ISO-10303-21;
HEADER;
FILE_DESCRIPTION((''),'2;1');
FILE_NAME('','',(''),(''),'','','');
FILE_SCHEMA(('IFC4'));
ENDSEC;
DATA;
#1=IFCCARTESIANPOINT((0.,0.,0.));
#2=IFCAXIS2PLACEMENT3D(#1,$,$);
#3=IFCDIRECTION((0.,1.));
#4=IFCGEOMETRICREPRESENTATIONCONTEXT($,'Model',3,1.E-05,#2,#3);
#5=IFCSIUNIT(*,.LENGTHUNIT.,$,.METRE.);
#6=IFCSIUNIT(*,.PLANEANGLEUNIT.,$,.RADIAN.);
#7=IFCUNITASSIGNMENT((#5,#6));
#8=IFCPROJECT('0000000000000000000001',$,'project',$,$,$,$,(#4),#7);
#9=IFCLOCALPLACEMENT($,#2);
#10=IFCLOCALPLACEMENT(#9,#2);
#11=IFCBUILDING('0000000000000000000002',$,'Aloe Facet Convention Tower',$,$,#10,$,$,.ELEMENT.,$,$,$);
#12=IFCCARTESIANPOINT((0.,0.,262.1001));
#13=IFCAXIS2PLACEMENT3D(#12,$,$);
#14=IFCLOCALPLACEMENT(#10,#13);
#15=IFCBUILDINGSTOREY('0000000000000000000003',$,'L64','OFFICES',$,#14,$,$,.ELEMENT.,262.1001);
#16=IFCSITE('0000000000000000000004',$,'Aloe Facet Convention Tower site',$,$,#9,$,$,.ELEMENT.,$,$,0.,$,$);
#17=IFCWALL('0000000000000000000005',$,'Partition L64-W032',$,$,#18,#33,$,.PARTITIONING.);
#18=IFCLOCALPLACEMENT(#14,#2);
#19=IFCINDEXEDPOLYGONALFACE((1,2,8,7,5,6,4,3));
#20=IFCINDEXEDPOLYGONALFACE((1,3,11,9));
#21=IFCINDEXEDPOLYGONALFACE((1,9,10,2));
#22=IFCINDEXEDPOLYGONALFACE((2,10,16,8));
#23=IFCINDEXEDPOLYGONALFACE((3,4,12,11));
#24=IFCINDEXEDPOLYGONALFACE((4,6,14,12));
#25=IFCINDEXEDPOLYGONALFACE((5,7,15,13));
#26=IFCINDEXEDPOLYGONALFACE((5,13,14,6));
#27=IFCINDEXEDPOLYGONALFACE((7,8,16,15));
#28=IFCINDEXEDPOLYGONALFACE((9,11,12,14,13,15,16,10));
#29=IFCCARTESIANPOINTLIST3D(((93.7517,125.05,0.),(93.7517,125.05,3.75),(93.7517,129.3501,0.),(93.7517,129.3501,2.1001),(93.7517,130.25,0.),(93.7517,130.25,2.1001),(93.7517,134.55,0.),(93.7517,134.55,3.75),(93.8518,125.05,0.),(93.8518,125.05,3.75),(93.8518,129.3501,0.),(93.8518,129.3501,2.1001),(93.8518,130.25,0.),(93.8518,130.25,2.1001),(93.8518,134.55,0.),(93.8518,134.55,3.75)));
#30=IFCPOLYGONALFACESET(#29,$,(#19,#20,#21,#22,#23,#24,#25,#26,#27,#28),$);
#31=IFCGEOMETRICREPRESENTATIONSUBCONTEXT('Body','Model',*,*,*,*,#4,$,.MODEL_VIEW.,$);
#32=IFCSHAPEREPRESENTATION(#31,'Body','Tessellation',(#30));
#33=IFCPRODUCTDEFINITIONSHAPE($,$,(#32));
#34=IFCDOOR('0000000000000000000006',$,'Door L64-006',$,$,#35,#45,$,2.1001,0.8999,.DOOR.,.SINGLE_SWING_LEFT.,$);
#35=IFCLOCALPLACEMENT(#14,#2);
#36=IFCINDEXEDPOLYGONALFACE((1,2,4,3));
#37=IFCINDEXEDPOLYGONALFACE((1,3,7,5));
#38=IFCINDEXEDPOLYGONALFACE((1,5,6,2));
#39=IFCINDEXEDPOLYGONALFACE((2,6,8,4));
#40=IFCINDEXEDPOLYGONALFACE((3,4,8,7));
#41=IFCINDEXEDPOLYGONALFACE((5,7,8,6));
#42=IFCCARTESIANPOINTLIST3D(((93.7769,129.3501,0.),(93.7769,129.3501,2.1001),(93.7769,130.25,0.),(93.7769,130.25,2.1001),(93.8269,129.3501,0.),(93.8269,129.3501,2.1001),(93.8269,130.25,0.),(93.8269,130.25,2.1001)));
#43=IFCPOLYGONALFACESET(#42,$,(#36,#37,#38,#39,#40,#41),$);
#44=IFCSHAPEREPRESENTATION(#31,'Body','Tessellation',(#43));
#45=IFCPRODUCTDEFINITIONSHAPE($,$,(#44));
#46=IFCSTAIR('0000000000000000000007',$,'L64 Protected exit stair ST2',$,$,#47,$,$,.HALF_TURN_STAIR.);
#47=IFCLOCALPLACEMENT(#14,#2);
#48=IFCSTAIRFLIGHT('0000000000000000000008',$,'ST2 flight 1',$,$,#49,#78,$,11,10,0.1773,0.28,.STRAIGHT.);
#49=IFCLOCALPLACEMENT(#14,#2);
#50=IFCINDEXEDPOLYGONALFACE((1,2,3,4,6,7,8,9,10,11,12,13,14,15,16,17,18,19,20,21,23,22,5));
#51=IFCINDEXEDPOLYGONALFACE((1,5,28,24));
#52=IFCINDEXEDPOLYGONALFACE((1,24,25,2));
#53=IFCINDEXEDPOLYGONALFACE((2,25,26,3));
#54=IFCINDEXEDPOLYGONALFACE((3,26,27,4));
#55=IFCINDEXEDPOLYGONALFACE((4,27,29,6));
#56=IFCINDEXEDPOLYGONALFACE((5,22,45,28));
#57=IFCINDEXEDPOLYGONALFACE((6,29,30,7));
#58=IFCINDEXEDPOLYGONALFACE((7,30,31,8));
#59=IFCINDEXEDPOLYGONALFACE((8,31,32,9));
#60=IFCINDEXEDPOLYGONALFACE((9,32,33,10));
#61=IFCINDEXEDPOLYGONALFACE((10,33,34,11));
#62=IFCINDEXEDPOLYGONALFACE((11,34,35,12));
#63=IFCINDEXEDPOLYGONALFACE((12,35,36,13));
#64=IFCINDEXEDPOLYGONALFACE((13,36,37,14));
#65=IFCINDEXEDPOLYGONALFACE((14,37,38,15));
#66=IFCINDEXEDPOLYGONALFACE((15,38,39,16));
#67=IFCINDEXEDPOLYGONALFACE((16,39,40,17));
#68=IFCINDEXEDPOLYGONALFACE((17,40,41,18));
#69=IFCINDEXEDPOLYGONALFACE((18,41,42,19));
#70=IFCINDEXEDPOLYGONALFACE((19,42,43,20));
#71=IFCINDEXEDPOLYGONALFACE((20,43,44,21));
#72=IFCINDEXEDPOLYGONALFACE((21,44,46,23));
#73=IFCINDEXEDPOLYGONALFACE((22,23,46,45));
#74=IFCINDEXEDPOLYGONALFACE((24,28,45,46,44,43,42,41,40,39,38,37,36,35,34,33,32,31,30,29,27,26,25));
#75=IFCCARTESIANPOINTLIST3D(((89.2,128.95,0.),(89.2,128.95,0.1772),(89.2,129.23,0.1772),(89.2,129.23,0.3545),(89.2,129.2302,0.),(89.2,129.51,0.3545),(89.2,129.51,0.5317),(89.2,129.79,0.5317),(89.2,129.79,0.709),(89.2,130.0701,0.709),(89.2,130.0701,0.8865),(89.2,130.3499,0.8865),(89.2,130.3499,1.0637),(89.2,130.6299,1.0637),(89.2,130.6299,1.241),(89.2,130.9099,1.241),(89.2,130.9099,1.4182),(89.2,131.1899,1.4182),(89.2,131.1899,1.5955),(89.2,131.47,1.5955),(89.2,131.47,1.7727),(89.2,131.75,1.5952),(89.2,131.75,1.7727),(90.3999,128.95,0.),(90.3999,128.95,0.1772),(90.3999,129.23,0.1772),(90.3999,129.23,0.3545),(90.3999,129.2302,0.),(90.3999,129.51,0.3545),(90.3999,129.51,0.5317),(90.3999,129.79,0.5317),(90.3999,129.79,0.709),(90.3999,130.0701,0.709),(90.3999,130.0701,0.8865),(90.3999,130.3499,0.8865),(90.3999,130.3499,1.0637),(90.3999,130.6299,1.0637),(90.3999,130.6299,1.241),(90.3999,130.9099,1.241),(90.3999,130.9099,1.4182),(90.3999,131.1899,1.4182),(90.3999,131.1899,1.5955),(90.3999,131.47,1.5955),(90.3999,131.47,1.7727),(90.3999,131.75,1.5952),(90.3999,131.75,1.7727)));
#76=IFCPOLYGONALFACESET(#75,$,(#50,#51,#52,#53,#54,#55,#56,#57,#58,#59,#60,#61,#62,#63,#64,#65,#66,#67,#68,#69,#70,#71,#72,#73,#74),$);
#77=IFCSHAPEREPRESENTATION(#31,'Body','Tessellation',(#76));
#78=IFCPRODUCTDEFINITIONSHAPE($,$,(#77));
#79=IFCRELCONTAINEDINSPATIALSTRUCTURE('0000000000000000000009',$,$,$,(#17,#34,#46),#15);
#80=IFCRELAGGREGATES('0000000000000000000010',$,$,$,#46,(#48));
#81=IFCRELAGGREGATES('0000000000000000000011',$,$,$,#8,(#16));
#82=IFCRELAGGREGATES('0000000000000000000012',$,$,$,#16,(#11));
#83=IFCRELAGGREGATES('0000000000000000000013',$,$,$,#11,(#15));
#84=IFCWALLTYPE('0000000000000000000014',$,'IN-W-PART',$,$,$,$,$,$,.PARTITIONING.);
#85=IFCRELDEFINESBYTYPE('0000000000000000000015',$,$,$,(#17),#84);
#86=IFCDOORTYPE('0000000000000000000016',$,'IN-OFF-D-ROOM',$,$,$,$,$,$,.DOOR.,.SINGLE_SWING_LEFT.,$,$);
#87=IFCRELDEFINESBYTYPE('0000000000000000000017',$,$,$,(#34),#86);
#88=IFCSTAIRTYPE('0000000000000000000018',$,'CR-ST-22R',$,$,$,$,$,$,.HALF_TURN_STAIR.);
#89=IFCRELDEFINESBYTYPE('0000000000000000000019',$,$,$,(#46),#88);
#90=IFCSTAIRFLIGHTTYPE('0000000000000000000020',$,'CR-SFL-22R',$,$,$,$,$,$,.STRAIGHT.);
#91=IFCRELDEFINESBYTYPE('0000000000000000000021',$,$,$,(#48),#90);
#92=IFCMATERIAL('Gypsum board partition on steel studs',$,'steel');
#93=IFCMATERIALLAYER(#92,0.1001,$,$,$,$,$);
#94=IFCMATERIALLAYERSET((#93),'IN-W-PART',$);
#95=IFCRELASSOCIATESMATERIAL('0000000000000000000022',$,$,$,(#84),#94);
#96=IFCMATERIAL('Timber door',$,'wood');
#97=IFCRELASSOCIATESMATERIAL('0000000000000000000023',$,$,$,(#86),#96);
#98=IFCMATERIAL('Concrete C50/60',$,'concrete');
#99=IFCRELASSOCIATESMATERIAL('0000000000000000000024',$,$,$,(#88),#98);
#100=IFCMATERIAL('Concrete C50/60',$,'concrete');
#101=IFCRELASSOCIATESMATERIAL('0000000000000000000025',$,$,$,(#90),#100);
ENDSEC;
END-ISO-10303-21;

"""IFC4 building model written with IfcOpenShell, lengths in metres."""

from ifc_helpers import new_model, si_unit, direction, frame, frame_2d, origin, place, context, subcontext, project, spatial, polyline, rectangle, outline, extrude, material, layer, layer_set, type_object, element, fill, aggregate, save


model = new_model("IFC4")

# Units and contexts
model_context = context("Model", 3, precision=1e-05, world=origin(), true_north=direction((0.0, 1.0)))
body_context = subcontext(model_context, "Body", "Model", "MODEL_VIEW")
ifc_project = project(units=[si_unit("LENGTHUNIT", "METRE"), si_unit("PLANEANGLEUNIT", "RADIAN")], contexts=[model_context])

# Site, building, storey
site_placement = place(None, origin())
site = spatial("IfcSite", under=ifc_project, at=site_placement, Name="Aloe Facet Convention Tower site", CompositionType="ELEMENT", RefElevation=0.0)
building_placement = place(site_placement, origin())
building = spatial("IfcBuilding", under=site, at=building_placement, Name="Aloe Facet Convention Tower", CompositionType="ELEMENT")
storey_placement = place(building_placement, frame((0.0, 0.0, 262.1001)))
storey = spatial("IfcBuildingStorey", under=building, at=storey_placement, Name="L64", Description="OFFICES", CompositionType="ELEMENT", Elevation=262.1001)

# Shared definitions
ifc_material_1 = material(Name="Gypsum board partition on steel studs", Category="steel")
ifc_layer = layer(ifc_material_1, 0.1001)
ifc_layer_set = layer_set([ifc_layer], Name="IN-W-PART")
wall_type = type_object("IfcWallType", Name="IN-W-PART", PredefinedType="PARTITIONING", material=ifc_layer_set)

# Wall, opening, door
wall_1_placement = place(storey_placement, frame((93.8018, 125.05, 0.0), z_axis=(0.0, 0.0, 1.0), x_axis=(0.0, 1.0, 0.0)))
wall_1 = element("IfcWall", 1, at=wall_1_placement, inside=storey, type_object=wall_type, Name="Partition L64-W032", PredefinedType="PARTITIONING", context=body_context, shape_type="SweptSolid", body=[
    extrude(rectangle(XDim=9.5, YDim=0.1001, at=frame_2d((4.75, 0.0))), origin(), (0.0, 0.0, 1.0), 3.75),
])
opening_placement = place(wall_1_placement, frame((4.3, 0.0, 0.0)))
opening = element("IfcOpeningElement", 2, at=opening_placement, cuts=wall_1, PredefinedType="OPENING", context=body_context, shape_type="SweptSolid", body=[
    extrude(rectangle(XDim=0.8999, YDim=2.1001, at=frame_2d((0.45, 1.05))), frame((0.0, 0.0601, 0.0), z_axis=(0.0, -1.0, 0.0), x_axis=(1.0, 0.0, 0.0)), (0.0, 0.0, 1.0), 0.1201),
])
ifc_material_2 = material(Name="Timber door", Category="wood")
door_type = type_object("IfcDoorType", Name="IN-OFF-D-ROOM", OperationType="SINGLE_SWING_LEFT", PredefinedType="DOOR", material=ifc_material_2)
door_placement = place(opening_placement, origin())
door = element("IfcDoor", 3, at=door_placement, inside=storey, type_object=door_type, Name="Door L64-006", OperationType="SINGLE_SWING_LEFT", OverallHeight=2.1001, OverallWidth=0.8999, PredefinedType="DOOR", context=body_context, shape_type="SweptSolid", body=[
    extrude(rectangle(XDim=0.8999, YDim=2.1001, at=frame_2d((0.45, 1.05))), frame((0.0, 0.0249, 0.0), z_axis=(0.0, -1.0, 0.0), x_axis=(1.0, 0.0, 0.0)), (0.0, 0.0, 1.0), 0.05),
])
fill(opening, door)

# Stair, stair flight
ifc_material_3 = material(Name="Concrete C50/60", Category="concrete")
stair_type = type_object("IfcStairType", Name="CR-ST-22R", PredefinedType="HALF_TURN_STAIR", material=ifc_material_3)
stair_placement = place(storey_placement, origin())
stair = element("IfcStair", 4, at=stair_placement, inside=storey, type_object=stair_type, Name="L64 Protected exit stair ST2", PredefinedType="HALF_TURN_STAIR")
ifc_material_4 = material(Name="Concrete C50/60", Category="concrete")
stair_flight_type = type_object("IfcStairFlightType", Name="CR-SFL-22R", PredefinedType="STRAIGHT", material=ifc_material_4)
stair_flight_placement = place(storey_placement, frame((89.8, 128.95, 0.0), z_axis=(0.0, 0.0, 1.0), x_axis=(0.0, 1.0, 0.0)))
stair_flight = element("IfcStairFlight", 5, at=stair_flight_placement, type_object=stair_flight_type, Name="ST2 flight 1", NumberOfRisers=11, NumberOfTreads=10, PredefinedType="STRAIGHT", RiserHeight=0.1773, TreadLength=0.28, context=body_context, shape_type="SweptSolid", body=[
    extrude(outline(polyline([(0.0, 0.0), (0.0, 0.1772), (0.28, 0.1772), (0.28, 0.3545), (0.5601, 0.3545), (0.5601, 0.5317), (0.8401, 0.5317), (0.8401, 0.709), (1.1201, 0.709), (1.1201, 0.8865), (1.3999, 0.8865), (1.3999, 1.0637), (1.6799, 1.0637), (1.6799, 1.241), (1.96, 1.241), (1.96, 1.4182), (2.24, 1.4182), (2.24, 1.5955), (2.52, 1.5955), (2.52, 1.7727), (2.8, 1.7727), (2.8, 1.95), (2.8, 1.5952), (0.2803, 0.0), (0.0, 0.0)])), frame((0.0, 0.6001, 0.0), z_axis=(0.0, -1.0, 0.0), x_axis=(1.0, 0.0, 0.0)), (0.0, 0.0, 1.0), 1.2),
])
aggregate(stair, [stair_flight])

save(model, "model.ifc")
